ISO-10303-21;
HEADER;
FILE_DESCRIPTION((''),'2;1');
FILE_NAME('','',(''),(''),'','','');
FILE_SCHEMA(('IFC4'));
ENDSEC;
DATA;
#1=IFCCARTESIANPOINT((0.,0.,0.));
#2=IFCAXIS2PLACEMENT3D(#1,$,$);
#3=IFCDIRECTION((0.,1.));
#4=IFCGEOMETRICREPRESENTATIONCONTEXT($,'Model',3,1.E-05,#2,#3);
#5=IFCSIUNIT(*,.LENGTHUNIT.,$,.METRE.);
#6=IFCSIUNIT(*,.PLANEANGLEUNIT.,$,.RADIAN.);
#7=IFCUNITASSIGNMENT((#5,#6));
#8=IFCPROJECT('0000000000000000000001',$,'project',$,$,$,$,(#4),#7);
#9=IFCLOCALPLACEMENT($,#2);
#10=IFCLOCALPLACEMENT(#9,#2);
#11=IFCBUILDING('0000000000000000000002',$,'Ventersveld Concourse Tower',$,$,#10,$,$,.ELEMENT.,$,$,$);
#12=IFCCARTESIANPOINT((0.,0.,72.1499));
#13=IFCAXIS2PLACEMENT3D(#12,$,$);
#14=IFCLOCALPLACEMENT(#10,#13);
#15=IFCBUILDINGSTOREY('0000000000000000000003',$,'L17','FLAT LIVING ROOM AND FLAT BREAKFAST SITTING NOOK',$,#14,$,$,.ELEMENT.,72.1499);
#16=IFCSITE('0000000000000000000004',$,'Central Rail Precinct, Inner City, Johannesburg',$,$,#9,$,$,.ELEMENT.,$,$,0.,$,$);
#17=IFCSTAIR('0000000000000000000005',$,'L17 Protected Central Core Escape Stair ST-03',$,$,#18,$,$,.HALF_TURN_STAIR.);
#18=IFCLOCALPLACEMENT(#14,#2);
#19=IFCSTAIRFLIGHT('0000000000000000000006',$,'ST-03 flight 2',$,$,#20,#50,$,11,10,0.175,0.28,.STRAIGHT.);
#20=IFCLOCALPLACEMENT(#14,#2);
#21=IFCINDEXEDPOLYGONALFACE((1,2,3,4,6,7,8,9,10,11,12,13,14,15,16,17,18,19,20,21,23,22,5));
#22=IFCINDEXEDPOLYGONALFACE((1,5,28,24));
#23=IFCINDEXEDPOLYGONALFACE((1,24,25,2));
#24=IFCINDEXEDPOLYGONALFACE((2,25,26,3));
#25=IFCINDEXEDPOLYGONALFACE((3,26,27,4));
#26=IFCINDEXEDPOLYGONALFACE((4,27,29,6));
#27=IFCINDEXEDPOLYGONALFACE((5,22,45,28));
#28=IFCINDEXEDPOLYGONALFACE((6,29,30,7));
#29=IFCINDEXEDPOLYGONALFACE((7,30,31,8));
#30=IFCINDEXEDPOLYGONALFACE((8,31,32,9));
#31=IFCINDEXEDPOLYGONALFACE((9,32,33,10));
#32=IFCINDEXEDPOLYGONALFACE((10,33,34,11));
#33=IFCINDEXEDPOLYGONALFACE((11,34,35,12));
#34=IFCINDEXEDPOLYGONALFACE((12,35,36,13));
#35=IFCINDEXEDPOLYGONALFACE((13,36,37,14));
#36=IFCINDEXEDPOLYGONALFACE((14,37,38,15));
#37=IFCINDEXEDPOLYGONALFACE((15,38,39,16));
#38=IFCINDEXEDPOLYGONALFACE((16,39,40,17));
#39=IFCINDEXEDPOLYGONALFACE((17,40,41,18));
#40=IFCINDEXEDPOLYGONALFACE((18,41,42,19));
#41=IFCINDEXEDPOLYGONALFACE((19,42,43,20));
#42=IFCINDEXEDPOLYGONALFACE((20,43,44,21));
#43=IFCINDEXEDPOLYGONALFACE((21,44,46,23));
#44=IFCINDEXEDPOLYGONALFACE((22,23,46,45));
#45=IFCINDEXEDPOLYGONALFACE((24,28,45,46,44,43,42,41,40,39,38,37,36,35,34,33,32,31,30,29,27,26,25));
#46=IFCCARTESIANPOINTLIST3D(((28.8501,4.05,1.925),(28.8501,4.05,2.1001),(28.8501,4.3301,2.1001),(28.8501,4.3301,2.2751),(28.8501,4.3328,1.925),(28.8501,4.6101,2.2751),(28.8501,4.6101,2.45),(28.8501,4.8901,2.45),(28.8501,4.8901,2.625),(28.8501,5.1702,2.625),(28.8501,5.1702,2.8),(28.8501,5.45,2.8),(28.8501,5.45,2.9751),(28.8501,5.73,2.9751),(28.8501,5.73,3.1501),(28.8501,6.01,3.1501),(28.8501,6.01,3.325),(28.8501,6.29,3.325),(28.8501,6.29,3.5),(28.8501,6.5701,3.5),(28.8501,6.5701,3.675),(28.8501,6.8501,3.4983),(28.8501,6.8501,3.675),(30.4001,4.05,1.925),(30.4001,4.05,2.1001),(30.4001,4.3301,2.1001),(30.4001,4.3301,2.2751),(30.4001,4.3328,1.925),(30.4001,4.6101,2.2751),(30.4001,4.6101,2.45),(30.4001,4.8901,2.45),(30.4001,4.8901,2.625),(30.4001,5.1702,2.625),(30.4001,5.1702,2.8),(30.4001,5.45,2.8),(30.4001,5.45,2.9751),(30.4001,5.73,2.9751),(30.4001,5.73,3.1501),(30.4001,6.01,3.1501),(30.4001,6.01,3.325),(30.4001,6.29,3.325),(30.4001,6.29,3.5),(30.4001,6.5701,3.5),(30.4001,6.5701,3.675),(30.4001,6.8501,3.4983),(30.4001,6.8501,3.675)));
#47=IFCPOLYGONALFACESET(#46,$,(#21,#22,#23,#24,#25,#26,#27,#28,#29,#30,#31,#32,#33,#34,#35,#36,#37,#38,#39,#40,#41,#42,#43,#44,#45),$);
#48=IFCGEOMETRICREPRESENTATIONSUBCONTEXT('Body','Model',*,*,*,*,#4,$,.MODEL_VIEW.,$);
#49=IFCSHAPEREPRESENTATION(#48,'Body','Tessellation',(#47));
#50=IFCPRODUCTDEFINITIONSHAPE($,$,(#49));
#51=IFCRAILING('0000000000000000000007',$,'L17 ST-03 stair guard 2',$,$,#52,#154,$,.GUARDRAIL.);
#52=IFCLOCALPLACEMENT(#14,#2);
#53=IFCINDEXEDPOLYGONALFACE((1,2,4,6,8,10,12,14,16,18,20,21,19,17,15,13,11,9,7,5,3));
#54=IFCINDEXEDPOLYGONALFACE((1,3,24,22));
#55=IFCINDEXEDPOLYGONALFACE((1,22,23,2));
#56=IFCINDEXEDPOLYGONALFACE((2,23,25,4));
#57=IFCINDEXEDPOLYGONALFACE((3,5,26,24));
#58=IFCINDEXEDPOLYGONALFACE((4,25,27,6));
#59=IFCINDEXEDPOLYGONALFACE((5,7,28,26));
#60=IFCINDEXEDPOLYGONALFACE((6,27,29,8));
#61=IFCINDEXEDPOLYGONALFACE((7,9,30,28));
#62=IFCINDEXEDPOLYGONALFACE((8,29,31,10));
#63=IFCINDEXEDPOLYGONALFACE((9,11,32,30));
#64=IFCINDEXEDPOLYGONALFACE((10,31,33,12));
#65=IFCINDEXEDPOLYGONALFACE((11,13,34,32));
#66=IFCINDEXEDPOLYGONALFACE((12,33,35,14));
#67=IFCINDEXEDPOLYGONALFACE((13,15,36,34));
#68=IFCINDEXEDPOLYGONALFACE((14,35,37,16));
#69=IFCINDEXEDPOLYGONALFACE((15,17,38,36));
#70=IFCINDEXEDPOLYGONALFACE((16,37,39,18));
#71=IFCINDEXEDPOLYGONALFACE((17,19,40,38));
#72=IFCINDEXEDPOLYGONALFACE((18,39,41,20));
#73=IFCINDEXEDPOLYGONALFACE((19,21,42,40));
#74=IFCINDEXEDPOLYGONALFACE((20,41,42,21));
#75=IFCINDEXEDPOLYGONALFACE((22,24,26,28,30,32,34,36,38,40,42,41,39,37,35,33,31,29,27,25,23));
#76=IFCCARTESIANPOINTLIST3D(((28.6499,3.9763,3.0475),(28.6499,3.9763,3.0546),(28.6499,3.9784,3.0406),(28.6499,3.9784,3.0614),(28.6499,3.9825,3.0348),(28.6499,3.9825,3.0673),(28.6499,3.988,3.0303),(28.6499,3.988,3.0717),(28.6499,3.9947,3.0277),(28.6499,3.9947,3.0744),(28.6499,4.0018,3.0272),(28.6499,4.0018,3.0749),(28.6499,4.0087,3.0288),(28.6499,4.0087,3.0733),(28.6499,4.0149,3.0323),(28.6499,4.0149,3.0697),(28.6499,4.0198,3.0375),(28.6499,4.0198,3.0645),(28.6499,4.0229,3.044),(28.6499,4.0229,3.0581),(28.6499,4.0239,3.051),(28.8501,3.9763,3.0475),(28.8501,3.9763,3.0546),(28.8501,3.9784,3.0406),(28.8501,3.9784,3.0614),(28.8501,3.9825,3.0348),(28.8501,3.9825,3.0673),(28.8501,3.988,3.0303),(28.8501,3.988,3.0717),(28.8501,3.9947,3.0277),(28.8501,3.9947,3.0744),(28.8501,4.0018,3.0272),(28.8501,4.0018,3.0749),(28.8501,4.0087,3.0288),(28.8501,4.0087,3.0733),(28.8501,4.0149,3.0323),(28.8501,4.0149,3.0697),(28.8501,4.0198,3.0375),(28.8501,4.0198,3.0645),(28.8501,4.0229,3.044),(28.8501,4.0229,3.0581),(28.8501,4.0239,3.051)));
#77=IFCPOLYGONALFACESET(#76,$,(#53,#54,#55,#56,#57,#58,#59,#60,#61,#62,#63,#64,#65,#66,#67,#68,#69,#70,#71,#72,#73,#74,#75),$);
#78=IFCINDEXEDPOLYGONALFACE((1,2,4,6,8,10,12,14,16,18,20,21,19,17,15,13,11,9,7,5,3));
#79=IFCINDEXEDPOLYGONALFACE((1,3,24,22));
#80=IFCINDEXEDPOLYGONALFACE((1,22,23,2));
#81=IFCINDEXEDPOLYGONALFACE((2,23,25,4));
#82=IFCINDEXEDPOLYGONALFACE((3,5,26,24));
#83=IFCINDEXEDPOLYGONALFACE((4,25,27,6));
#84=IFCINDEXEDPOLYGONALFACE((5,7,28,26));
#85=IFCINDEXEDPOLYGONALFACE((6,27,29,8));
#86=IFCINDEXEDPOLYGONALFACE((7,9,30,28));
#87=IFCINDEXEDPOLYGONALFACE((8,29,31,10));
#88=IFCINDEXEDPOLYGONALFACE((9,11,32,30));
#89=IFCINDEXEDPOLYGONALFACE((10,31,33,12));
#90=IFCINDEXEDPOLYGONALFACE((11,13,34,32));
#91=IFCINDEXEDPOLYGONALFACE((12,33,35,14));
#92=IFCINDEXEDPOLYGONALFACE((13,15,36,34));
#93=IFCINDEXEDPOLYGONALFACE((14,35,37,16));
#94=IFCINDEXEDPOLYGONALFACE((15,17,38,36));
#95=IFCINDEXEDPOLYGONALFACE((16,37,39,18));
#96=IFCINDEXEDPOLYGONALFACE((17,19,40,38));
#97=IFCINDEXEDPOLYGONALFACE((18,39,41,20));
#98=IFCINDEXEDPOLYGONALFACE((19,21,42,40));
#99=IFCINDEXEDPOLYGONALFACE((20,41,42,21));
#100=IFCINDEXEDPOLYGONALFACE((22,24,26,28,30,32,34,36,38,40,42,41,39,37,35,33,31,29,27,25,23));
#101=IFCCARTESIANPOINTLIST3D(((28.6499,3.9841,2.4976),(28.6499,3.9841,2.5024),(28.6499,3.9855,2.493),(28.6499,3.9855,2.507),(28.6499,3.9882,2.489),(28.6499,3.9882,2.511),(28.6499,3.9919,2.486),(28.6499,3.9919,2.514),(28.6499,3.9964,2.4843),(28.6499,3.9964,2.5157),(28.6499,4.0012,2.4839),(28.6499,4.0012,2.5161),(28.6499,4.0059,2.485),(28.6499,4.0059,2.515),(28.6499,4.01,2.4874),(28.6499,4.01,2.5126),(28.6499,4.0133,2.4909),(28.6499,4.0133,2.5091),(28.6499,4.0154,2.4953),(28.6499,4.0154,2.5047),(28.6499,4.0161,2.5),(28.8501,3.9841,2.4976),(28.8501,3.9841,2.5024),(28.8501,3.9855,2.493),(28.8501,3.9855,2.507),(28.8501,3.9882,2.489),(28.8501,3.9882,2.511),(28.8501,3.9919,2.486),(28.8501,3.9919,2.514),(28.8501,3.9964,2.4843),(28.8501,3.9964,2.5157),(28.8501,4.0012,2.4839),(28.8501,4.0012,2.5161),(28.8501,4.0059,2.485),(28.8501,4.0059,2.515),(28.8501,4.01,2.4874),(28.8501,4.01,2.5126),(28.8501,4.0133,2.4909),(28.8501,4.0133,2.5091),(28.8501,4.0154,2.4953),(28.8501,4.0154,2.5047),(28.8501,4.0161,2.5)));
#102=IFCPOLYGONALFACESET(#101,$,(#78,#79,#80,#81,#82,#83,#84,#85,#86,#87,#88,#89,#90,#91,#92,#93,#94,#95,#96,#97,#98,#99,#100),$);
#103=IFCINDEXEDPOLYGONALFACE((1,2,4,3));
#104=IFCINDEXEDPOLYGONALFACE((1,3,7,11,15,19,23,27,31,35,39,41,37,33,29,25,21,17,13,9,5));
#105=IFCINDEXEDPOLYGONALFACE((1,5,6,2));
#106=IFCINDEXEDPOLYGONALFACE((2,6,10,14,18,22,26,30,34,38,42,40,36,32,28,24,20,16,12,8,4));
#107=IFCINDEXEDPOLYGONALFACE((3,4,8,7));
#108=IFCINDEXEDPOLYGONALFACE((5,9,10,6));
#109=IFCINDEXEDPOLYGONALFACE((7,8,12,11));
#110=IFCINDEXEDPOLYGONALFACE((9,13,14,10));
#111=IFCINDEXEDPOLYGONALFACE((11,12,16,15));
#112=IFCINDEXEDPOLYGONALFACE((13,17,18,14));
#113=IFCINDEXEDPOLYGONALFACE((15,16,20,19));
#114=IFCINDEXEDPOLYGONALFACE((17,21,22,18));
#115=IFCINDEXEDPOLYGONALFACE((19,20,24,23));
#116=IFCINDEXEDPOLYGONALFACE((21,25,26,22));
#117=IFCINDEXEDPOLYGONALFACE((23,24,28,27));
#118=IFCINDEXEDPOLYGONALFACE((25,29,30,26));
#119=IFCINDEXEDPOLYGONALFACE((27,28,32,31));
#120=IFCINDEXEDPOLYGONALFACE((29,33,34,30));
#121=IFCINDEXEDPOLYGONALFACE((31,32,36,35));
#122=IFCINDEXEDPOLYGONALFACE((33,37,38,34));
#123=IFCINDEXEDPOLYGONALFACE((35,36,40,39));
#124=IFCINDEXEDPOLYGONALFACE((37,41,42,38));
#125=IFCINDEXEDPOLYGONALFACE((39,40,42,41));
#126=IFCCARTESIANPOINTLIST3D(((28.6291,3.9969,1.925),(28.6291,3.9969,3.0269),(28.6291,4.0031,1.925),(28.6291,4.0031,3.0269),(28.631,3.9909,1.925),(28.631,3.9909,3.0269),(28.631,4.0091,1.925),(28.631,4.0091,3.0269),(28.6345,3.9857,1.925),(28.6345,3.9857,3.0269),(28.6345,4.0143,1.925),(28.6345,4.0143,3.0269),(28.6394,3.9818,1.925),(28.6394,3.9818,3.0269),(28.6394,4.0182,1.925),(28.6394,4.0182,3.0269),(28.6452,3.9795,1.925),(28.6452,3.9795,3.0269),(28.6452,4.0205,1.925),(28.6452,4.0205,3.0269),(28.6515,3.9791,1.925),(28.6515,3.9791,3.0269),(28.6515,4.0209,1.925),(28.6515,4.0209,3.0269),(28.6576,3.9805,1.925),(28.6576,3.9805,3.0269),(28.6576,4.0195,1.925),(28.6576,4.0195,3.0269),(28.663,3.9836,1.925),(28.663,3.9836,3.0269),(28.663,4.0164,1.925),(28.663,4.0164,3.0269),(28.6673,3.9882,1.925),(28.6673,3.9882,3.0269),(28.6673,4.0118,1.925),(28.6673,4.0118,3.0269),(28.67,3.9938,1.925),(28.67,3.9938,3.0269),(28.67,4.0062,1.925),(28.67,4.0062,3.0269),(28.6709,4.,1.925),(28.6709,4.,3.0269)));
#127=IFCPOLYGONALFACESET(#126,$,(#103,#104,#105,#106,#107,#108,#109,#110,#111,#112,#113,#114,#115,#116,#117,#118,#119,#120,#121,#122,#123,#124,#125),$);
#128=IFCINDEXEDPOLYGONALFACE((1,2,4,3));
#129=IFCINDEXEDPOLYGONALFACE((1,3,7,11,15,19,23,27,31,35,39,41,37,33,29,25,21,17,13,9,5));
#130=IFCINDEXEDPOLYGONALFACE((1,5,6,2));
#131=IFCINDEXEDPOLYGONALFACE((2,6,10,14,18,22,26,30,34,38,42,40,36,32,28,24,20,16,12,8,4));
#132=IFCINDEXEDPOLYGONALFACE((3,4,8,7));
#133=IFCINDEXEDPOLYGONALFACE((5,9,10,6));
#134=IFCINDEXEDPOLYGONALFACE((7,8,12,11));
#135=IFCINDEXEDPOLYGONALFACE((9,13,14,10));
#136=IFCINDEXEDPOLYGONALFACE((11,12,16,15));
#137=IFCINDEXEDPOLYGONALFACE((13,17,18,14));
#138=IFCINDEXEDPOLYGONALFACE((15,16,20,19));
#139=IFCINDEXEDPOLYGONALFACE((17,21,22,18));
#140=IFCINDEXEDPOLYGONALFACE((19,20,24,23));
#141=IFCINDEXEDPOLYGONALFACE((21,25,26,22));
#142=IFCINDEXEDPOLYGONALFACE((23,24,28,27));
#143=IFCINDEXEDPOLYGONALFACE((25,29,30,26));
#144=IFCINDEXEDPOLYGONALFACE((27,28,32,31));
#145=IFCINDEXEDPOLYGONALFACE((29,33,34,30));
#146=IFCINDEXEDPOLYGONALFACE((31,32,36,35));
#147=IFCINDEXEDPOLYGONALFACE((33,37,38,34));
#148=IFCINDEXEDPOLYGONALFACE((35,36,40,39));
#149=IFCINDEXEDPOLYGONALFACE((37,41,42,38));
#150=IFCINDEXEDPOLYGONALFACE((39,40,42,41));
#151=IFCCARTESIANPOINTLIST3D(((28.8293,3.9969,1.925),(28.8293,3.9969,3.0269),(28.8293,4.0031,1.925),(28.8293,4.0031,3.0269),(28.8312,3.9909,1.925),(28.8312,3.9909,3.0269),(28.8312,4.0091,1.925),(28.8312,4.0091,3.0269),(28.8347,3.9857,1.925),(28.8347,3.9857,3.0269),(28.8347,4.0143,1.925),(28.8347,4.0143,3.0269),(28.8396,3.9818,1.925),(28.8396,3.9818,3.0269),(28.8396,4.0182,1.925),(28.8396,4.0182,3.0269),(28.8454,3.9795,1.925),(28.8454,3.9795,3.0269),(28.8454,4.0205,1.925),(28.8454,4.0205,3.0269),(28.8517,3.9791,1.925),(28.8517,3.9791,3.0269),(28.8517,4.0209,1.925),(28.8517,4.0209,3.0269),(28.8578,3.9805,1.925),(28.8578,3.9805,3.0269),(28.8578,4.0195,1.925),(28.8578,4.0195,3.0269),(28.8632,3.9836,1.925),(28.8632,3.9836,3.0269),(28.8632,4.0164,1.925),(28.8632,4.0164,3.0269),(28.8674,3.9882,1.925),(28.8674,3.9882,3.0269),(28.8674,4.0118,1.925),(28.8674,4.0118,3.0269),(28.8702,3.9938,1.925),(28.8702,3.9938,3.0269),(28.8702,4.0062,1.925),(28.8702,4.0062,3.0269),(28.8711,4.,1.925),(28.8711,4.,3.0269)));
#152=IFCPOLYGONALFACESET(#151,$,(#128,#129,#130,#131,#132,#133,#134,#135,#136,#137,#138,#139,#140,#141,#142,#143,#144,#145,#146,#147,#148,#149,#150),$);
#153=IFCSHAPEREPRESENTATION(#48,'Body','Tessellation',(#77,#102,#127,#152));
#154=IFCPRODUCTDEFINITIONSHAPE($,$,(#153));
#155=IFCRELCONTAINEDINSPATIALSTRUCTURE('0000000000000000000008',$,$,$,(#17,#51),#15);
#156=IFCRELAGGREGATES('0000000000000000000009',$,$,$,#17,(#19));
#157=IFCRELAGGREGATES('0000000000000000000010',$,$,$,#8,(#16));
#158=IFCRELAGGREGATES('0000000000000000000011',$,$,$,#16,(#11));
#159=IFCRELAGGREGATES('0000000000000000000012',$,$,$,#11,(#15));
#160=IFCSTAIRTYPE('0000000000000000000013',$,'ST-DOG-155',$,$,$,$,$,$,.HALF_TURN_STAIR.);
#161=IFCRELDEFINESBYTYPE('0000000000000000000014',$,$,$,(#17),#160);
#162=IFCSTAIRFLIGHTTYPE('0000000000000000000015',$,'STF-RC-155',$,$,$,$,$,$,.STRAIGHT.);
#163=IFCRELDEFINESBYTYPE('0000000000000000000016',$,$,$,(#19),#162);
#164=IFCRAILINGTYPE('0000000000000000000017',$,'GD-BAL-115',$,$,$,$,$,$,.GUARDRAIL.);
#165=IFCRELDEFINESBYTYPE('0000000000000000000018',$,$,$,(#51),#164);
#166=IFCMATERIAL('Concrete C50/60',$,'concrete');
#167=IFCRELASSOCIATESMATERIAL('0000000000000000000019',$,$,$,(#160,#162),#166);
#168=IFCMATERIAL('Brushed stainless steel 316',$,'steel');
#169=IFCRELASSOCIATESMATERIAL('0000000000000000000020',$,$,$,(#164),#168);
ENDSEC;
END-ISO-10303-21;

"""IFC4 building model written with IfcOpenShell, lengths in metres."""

from ifc_helpers import new_model, si_unit, direction, frame, origin, origin_2d, place, context, subcontext, project, spatial, polyline, circle, outline, extrude, material, type_object, element, aggregate, save


model = new_model("IFC4")

# Units and contexts
model_context = context("Model", 3, precision=1e-05, world=origin(), true_north=direction((0.0, 1.0)))
body_context = subcontext(model_context, "Body", "Model", "MODEL_VIEW")
ifc_project = project(units=[si_unit("LENGTHUNIT", "METRE"), si_unit("PLANEANGLEUNIT", "RADIAN")], contexts=[model_context])

# Site, building, storey
site_placement = place(None, origin())
site = spatial("IfcSite", under=ifc_project, at=site_placement, Name="Central Rail Precinct, Inner City, Johannesburg", CompositionType="ELEMENT", RefElevation=0.0)
building_placement = place(site_placement, origin())
building = spatial("IfcBuilding", under=site, at=building_placement, Name="Ventersveld Concourse Tower", CompositionType="ELEMENT")
storey_placement = place(building_placement, frame((0.0, 0.0, 72.1499)))
storey = spatial("IfcBuildingStorey", under=building, at=storey_placement, Name="L17", Description="FLAT LIVING ROOM AND FLAT BREAKFAST SITTING NOOK", CompositionType="ELEMENT", Elevation=72.1499)

# Shared definitions
ifc_material_1 = material(Name="Concrete C50/60", Category="concrete")

# Stair, stair flight
stair_type = type_object("IfcStairType", Name="ST-DOG-155", PredefinedType="HALF_TURN_STAIR", material=ifc_material_1)
stair_placement = place(storey_placement, origin())
stair = element("IfcStair", 1, at=stair_placement, inside=storey, type_object=stair_type, Name="L17 Protected Central Core Escape Stair ST-03", PredefinedType="HALF_TURN_STAIR")
stair_flight_type = type_object("IfcStairFlightType", Name="STF-RC-155", PredefinedType="STRAIGHT", material=ifc_material_1)
stair_flight_placement = place(storey_placement, frame((29.625, 4.05, 1.925), z_axis=(0.0, 0.0, 1.0), x_axis=(0.0, 1.0, 0.0)))
stair_flight = element("IfcStairFlight", 2, at=stair_flight_placement, type_object=stair_flight_type, Name="ST-03 flight 2", NumberOfRisers=11, NumberOfTreads=10, PredefinedType="STRAIGHT", RiserHeight=0.175, TreadLength=0.28, context=body_context, shape_type="SweptSolid", body=[
    extrude(outline(polyline([(0.0, 0.0), (0.0, 0.175), (0.28, 0.175), (0.28, 0.3501), (0.5601, 0.3501), (0.5601, 0.5249), (0.8401, 0.5249), (0.8401, 0.7), (1.1201, 0.7), (1.1201, 0.875), (1.3999, 0.875), (1.3999, 1.05), (1.6799, 1.05), (1.6799, 1.2251), (1.96, 1.2251), (1.96, 1.3999), (2.24, 1.3999), (2.24, 1.575), (2.52, 1.575), (2.52, 1.75), (2.8, 1.75), (2.8, 1.925), (2.8, 1.5732), (0.2827, 0.0), (0.0, 0.0)])), frame((0.0, 0.7749, 0.0), z_axis=(0.0, -1.0, 0.0), x_axis=(1.0, 0.0, 0.0)), (0.0, 0.0, 1.0), 1.55),
])
aggregate(stair, [stair_flight])

# Railing
ifc_material_2 = material(Name="Brushed stainless steel 316", Category="steel")
railing_type_1 = type_object("IfcRailingType", Name="GD-BAL-115", PredefinedType="GUARDRAIL", material=ifc_material_2)
railing_1_placement = place(storey_placement, frame((28.6499, 4.0, 1.925)))
element("IfcRailing", 3, at=railing_1_placement, inside=storey, type_object=railing_type_1, Name="L17 ST-03 stair guard 2", PredefinedType="GUARDRAIL", context=body_context, shape_type="SweptSolid", body=[
    extrude(circle(Radius=0.0239, at=origin_2d()), frame((0.0, 0.0, 1.126), z_axis=(1.0, 0.0, 0.0), x_axis=(0.0, 1.0, 0.0)), (0.0, 0.0, 1.0), 0.2002),
    extrude(circle(Radius=0.0161, at=origin_2d()), frame((0.0, 0.0, 0.575), z_axis=(1.0, 0.0, 0.0), x_axis=(0.0, 1.0, 0.0)), (0.0, 0.0, 1.0), 0.2002),
    extrude(circle(Radius=0.021, at=origin_2d()), origin(), (0.0, 0.0, 1.0), 1.1018),
    extrude(circle(Radius=0.021, at=origin_2d()), frame((0.2002, 0.0, 0.0)), (0.0, 0.0, 1.0), 1.1018),
])

save(model, "model.ifc")
